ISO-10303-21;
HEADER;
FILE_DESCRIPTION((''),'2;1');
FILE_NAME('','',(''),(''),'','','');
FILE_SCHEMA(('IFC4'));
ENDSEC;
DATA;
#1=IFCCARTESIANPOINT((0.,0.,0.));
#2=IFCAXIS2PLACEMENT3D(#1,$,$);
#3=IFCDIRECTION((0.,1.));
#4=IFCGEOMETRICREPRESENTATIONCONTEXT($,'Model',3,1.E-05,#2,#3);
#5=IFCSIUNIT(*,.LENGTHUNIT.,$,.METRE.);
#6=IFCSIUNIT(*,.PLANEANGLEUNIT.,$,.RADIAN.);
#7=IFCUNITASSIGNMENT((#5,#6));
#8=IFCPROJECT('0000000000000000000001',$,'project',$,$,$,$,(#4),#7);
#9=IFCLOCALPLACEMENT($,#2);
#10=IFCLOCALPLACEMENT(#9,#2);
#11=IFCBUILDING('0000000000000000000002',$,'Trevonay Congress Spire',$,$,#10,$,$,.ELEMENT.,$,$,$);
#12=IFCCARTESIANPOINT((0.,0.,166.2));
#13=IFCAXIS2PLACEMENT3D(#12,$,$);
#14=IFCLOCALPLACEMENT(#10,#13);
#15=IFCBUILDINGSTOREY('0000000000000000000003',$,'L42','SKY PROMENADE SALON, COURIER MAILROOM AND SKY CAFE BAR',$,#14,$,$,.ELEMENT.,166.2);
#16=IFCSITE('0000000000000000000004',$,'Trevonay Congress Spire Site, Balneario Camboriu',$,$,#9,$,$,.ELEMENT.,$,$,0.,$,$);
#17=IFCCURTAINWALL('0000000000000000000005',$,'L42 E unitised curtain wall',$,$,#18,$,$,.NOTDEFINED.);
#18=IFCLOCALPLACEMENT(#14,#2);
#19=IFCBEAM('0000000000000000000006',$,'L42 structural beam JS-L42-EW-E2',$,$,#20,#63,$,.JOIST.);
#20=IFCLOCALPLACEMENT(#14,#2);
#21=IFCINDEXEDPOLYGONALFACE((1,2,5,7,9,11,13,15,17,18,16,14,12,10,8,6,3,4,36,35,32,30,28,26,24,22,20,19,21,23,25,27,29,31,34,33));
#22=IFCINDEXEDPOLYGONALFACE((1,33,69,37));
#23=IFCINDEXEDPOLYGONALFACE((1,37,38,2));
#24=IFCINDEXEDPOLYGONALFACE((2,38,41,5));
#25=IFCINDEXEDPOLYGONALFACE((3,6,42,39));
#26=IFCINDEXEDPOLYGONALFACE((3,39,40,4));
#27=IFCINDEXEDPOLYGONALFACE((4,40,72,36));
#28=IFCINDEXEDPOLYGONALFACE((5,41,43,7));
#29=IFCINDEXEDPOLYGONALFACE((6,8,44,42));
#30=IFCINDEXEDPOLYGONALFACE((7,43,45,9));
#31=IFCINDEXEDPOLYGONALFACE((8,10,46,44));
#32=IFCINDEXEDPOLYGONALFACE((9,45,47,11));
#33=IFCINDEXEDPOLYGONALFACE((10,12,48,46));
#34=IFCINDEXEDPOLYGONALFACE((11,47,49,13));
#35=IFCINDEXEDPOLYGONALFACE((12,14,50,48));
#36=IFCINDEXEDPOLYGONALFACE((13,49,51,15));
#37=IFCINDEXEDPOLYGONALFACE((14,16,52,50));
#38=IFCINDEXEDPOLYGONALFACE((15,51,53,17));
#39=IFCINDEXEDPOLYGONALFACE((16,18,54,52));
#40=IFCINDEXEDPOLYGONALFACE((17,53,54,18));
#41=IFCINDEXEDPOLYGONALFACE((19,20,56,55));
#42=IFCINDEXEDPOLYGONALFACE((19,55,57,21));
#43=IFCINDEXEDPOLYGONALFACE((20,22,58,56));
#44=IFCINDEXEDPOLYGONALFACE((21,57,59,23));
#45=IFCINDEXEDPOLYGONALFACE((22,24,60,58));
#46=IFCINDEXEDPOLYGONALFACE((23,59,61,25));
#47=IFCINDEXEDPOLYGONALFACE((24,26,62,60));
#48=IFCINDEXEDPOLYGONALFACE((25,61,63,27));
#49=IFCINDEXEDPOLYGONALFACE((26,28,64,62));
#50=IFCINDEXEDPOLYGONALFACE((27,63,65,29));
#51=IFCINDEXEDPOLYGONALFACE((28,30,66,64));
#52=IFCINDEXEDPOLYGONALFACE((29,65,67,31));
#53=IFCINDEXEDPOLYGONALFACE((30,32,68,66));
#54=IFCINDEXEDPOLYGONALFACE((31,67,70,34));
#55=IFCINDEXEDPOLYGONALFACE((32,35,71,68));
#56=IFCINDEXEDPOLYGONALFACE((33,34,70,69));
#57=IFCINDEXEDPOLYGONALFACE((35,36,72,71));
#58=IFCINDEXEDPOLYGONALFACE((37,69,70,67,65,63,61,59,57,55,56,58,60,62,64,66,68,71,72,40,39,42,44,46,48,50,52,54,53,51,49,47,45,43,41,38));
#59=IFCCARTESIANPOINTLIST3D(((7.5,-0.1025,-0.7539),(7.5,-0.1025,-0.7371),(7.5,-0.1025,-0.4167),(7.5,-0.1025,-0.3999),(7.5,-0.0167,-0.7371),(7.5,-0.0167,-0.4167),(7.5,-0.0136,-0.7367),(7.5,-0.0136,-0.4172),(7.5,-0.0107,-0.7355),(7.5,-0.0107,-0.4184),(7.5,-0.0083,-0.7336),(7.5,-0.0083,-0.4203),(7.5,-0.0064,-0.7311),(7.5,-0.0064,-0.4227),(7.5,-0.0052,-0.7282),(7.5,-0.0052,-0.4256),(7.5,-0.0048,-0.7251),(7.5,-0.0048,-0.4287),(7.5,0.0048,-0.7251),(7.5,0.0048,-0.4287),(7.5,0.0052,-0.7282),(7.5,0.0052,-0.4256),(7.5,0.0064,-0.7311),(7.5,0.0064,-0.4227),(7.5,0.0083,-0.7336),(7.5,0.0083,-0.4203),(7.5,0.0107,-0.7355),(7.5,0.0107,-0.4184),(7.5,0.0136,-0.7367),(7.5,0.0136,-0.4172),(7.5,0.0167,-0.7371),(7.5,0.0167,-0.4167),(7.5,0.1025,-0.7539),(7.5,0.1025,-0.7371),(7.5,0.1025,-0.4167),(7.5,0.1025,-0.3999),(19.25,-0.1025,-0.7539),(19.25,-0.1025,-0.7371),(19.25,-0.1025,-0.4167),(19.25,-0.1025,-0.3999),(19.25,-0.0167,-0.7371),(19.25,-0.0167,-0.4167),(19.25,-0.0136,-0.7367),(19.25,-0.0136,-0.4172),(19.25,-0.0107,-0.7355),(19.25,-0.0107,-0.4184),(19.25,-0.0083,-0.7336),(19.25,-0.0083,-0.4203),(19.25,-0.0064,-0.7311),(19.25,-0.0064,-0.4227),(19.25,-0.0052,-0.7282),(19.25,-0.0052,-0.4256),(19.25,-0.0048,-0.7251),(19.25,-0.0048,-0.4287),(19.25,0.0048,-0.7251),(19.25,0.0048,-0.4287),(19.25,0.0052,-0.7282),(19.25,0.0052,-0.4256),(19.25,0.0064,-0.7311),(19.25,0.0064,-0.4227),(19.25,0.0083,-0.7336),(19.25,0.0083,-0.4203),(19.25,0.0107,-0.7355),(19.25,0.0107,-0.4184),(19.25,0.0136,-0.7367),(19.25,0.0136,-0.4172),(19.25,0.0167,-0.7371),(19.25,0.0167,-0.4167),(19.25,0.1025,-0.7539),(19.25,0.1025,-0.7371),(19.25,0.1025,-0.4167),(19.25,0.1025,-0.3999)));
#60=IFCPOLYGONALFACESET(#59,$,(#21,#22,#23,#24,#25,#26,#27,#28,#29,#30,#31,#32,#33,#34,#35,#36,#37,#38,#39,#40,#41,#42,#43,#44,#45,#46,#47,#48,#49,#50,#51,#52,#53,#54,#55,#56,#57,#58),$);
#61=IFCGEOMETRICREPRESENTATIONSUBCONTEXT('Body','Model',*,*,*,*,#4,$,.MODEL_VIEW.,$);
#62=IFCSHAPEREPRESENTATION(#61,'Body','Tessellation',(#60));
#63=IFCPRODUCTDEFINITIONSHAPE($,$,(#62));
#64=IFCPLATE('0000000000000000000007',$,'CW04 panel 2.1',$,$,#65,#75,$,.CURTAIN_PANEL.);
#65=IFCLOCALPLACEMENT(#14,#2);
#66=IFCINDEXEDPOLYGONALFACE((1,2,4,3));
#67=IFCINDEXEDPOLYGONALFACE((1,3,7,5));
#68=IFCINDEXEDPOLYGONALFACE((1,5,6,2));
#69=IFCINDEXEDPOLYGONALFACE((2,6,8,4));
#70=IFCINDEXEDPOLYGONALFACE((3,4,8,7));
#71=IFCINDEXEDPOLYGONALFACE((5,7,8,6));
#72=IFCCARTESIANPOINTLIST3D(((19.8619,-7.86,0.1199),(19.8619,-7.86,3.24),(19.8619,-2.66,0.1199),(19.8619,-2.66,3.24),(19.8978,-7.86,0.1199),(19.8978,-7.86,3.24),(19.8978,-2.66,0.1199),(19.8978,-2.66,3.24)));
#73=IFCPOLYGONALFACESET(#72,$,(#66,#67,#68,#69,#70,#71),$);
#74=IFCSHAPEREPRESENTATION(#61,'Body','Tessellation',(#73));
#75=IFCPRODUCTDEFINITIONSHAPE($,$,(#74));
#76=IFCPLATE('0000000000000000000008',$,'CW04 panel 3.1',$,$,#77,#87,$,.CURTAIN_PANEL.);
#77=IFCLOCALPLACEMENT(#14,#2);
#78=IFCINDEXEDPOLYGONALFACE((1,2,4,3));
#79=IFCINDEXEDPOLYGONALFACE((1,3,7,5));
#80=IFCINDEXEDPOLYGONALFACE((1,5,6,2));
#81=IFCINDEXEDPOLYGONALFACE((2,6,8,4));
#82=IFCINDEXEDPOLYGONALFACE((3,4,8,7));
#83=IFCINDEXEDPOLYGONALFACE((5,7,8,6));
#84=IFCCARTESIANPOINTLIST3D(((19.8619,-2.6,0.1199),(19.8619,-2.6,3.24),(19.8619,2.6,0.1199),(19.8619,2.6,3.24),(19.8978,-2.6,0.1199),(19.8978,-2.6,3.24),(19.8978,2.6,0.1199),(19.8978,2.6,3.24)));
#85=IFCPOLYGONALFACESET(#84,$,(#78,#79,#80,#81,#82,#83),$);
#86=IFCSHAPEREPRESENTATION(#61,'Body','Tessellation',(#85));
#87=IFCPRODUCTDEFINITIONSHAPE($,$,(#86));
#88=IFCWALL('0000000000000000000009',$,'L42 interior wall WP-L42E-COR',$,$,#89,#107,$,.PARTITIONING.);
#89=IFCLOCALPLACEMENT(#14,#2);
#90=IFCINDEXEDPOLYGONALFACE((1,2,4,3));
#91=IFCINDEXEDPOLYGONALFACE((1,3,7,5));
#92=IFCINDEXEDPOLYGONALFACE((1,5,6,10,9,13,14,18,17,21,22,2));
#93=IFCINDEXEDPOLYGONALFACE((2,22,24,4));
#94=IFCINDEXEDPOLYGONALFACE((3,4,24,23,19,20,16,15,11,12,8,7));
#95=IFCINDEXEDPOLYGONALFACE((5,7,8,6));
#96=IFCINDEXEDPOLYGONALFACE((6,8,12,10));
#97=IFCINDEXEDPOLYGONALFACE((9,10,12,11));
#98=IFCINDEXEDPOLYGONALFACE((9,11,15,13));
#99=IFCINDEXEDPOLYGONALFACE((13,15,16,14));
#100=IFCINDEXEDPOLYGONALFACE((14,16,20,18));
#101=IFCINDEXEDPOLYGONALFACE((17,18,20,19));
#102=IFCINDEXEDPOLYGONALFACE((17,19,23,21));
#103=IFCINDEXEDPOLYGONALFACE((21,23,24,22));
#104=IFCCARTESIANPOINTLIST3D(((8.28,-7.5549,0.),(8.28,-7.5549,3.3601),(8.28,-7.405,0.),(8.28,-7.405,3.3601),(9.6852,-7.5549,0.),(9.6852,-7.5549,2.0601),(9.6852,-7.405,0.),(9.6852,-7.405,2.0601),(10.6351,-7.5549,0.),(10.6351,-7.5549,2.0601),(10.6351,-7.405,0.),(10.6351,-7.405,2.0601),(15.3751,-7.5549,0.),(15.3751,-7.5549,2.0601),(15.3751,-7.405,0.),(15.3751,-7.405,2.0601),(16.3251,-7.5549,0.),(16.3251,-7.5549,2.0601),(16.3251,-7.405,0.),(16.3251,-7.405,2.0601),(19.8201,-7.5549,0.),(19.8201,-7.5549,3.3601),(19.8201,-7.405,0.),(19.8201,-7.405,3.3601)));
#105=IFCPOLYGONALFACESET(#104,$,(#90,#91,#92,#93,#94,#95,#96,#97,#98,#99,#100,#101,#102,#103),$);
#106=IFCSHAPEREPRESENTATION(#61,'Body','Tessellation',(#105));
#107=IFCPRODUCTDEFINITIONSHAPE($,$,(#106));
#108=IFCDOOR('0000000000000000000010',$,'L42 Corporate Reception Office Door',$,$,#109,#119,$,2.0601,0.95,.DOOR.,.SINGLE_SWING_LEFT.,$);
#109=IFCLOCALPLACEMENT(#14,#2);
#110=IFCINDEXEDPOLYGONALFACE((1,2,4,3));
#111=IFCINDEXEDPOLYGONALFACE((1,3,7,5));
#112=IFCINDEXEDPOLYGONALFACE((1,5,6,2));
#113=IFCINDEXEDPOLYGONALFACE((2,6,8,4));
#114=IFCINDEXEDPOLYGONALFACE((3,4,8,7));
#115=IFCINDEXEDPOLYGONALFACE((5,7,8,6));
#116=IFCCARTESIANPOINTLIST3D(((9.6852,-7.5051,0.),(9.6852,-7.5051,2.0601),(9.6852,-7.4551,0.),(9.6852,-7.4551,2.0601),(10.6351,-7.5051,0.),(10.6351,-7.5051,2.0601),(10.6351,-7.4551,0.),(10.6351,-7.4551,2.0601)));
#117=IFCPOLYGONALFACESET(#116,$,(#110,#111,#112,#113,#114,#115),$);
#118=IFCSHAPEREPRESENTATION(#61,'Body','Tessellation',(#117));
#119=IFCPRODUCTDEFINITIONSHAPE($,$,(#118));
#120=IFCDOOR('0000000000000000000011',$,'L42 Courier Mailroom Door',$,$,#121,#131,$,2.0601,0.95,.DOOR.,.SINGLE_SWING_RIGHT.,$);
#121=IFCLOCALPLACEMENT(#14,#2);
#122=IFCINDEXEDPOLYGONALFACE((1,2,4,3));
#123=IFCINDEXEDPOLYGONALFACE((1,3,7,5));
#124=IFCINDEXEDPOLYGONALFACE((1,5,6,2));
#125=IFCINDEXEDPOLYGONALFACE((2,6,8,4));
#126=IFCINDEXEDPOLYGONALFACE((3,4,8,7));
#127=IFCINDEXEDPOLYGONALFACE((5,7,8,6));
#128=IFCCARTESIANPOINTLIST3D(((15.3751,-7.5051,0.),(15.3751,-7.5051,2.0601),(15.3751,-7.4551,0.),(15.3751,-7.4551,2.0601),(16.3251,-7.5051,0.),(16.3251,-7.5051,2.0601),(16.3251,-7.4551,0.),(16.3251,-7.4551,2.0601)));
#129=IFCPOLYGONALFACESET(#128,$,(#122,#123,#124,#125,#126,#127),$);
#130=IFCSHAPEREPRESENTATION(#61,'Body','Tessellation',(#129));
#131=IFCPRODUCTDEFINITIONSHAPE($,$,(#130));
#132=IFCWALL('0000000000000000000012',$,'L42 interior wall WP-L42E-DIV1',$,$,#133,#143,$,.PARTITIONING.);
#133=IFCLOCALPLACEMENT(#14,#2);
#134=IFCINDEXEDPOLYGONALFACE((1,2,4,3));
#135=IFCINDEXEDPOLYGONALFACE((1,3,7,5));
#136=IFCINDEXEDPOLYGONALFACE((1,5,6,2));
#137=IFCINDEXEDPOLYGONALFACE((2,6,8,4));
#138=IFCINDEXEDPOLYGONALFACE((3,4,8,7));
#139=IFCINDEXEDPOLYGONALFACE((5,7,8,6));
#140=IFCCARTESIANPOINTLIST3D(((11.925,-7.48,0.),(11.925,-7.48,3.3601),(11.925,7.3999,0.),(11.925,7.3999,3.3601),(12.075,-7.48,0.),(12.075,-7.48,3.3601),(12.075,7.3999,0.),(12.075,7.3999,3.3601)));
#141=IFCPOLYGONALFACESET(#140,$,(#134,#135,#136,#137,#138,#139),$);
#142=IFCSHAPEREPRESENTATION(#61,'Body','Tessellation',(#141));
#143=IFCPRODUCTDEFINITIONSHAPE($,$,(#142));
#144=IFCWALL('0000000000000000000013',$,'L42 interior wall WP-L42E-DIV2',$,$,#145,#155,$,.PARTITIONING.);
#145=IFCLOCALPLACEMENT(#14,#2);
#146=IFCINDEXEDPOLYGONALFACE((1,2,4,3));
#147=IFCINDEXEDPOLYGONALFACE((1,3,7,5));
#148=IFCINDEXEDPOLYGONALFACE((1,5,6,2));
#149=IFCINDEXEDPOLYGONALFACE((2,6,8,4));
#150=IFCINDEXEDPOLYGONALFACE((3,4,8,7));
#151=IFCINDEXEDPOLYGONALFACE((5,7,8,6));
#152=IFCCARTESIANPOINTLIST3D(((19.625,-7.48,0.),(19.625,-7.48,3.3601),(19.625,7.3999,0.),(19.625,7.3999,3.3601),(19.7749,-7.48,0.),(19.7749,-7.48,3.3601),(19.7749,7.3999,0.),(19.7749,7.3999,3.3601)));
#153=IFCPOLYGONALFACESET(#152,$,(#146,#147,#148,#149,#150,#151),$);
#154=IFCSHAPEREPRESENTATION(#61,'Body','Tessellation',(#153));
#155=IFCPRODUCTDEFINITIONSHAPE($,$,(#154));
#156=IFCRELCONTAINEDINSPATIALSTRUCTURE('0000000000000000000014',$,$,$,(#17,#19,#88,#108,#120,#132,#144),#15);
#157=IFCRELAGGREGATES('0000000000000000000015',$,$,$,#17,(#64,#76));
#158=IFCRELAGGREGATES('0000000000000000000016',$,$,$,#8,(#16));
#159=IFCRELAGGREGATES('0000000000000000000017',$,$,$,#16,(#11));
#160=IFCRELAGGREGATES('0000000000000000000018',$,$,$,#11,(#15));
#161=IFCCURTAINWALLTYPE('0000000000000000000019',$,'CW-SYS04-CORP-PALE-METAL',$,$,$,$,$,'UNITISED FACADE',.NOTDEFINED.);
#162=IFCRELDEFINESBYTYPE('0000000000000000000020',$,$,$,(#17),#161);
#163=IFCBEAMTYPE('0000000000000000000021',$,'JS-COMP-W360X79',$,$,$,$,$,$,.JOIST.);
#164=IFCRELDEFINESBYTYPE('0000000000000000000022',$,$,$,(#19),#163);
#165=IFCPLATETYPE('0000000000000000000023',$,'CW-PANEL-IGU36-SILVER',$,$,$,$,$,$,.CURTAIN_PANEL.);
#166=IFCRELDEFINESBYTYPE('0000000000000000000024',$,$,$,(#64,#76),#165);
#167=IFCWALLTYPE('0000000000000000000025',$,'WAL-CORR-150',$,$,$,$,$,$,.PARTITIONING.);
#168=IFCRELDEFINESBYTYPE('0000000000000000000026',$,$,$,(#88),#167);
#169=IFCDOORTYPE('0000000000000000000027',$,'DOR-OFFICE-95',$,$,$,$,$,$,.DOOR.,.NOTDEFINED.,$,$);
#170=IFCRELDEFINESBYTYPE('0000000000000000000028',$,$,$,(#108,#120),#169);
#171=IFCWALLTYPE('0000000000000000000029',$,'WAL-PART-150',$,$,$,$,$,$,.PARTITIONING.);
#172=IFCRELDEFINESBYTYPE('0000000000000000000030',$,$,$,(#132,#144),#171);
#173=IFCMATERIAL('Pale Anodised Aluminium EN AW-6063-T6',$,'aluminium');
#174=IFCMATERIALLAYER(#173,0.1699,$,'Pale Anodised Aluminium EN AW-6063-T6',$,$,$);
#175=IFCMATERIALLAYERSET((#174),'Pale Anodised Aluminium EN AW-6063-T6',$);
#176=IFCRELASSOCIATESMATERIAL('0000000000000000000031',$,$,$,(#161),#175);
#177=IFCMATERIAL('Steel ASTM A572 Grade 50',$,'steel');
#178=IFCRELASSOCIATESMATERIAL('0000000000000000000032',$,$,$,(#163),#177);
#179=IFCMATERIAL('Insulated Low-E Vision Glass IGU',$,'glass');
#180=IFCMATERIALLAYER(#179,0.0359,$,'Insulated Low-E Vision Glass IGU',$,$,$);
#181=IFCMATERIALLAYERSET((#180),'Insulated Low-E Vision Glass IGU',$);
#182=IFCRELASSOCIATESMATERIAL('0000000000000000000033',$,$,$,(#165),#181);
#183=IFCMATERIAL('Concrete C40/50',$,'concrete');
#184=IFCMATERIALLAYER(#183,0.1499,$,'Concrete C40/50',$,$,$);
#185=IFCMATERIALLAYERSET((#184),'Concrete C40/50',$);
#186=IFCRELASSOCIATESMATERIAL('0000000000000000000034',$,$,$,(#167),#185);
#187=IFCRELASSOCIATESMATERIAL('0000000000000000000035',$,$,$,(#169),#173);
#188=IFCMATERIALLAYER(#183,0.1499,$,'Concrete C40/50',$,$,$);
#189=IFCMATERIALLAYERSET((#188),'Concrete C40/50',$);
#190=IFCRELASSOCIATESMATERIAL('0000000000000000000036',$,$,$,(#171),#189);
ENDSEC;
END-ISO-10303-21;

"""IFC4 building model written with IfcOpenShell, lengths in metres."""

from ifc_helpers import new_model, si_unit, direction, frame, frame_2d, origin, origin_2d, place, context, subcontext, project, spatial, rectangle, i_section, extrude, material, layer, layer_set, material_profile, profile_set, type_object, element, fill, aggregate, save


model = new_model("IFC4")

# Units and contexts
model_context = context("Model", 3, precision=1e-05, world=origin(), true_north=direction((0.0, 1.0)))
body_context = subcontext(model_context, "Body", "Model", "MODEL_VIEW")
ifc_project = project(units=[si_unit("LENGTHUNIT", "METRE"), si_unit("PLANEANGLEUNIT", "RADIAN")], contexts=[model_context])

# Site, building, storey
site_placement = place(None, origin())
site = spatial("IfcSite", under=ifc_project, at=site_placement, Name="Trevonay Congress Spire Site, Balneario Camboriu", CompositionType="ELEMENT", RefElevation=0.0)
building_placement = place(site_placement, origin())
building = spatial("IfcBuilding", under=site, at=building_placement, Name="Trevonay Congress Spire", CompositionType="ELEMENT")
storey_placement = place(building_placement, frame((0.0, 0.0, 166.2)))
storey = spatial("IfcBuildingStorey", under=building, at=storey_placement, Name="L42", Description="SKY PROMENADE SALON, COURIER MAILROOM AND SKY CAFE BAR", CompositionType="ELEMENT", Elevation=166.2)

# Shared definitions
ifc_material_1 = material(Name="Steel ASTM A572 Grade 50", Category="steel")

# Curtain wall
ifc_material_2 = material(Name="Pale Anodised Aluminium EN AW-6063-T6", Category="aluminium")
ifc_layer_1 = layer(ifc_material_2, 0.1699, Name="Pale Anodised Aluminium EN AW-6063-T6")
ifc_layer_set_1 = layer_set([ifc_layer_1], Name="Pale Anodised Aluminium EN AW-6063-T6")
curtain_wall_type = type_object("IfcCurtainWallType", Name="CW-SYS04-CORP-PALE-METAL", ElementType="UNITISED FACADE", PredefinedType="NOTDEFINED", material=ifc_layer_set_1)
curtain_wall_placement = place(storey_placement, origin())
curtain_wall = element("IfcCurtainWall", 1, at=curtain_wall_placement, inside=storey, type_object=curtain_wall_type, Name="L42 E unitised curtain wall", PredefinedType="NOTDEFINED")

# Beam
ifc_material_profile_1 = material_profile(ifc_material_1, i_section(OverallWidth=0.2051, OverallDepth=0.354, WebThickness=0.0095, FlangeThickness=0.0168, FilletRadius=0.012, at=origin_2d()), Name="W360x79")
ifc_profile_set_1 = profile_set([ifc_material_profile_1], Name="Steel ASTM A572 Grade 50")
beam_type_1 = type_object("IfcBeamType", Name="JS-COMP-W360X79", PredefinedType="JOIST", material=ifc_profile_set_1)
for number, where, z_axis, x_axis, name in (
    (2, (7.5, 0.0, -0.5769), (1.0, 0.0, 0.0), (0.0, 1.0, 0.0), "L42 structural beam JS-L42-EW-E2"),
):
    element("IfcBeam", number, at=place(storey_placement, frame(where, z_axis=z_axis, x_axis=x_axis)), inside=storey, type_object=beam_type_1, Name=name, PredefinedType="JOIST", context=body_context, shape_type="SweptSolid", body=[
        extrude(i_section(OverallWidth=0.2051, OverallDepth=0.354, WebThickness=0.0095, FlangeThickness=0.0168, FilletRadius=0.012, at=origin_2d()), origin(), (0.0, 0.0, 1.0), 11.75),
    ])

# Plates
ifc_material_3 = material(Name="Insulated Low-E Vision Glass IGU", Category="glass")
ifc_layer_2 = layer(ifc_material_3, 0.0359, Name="Insulated Low-E Vision Glass IGU")
ifc_layer_set_2 = layer_set([ifc_layer_2], Name="Insulated Low-E Vision Glass IGU")
plate_type = type_object("IfcPlateType", Name="CW-PANEL-IGU36-SILVER", PredefinedType="CURTAIN_PANEL", material=ifc_layer_set_2)
plate_1_placement = place(storey_placement, frame((19.8799, -5.26, 0.1199), z_axis=(0.0, 0.0, 1.0), x_axis=(0.0, 1.0, 0.0)))
plate_1 = element("IfcPlate", 3, at=plate_1_placement, type_object=plate_type, Name="CW04 panel 2.1", PredefinedType="CURTAIN_PANEL", context=body_context, shape_type="SweptSolid", body=[
    extrude(rectangle(XDim=5.2, YDim=0.0359, at=origin_2d()), origin(), (0.0, 0.0, 1.0), 3.1201),
])
plate_2_placement = place(storey_placement, frame((19.8799, 0.0, 0.1199), z_axis=(0.0, 0.0, 1.0), x_axis=(0.0, 1.0, 0.0)))
plate_2 = element("IfcPlate", 4, at=plate_2_placement, type_object=plate_type, Name="CW04 panel 3.1", PredefinedType="CURTAIN_PANEL", context=body_context, shape_type="SweptSolid", body=[
    extrude(rectangle(XDim=5.2, YDim=0.0359, at=origin_2d()), origin(), (0.0, 0.0, 1.0), 3.1201),
])
aggregate(curtain_wall, [plate_1, plate_2])

# Wall, openings, doors
ifc_material_4 = material(Name="Concrete C40/50", Category="concrete")
ifc_layer_3 = layer(ifc_material_4, 0.1499, Name="Concrete C40/50")
ifc_layer_set_3 = layer_set([ifc_layer_3], Name="Concrete C40/50")
wall_type_1 = type_object("IfcWallType", Name="WAL-CORR-150", PredefinedType="PARTITIONING", material=ifc_layer_set_3)
wall_placement = place(storey_placement, frame((8.28, -7.48, 0.0), z_axis=(0.0, 0.0, 1.0), x_axis=(1.0, 0.0, 0.0)))
wall = element("IfcWall", 5, at=wall_placement, inside=storey, type_object=wall_type_1, Name="L42 interior wall WP-L42E-COR", PredefinedType="PARTITIONING", context=body_context, shape_type="SweptSolid", body=[
    extrude(rectangle(XDim=11.54, YDim=0.1499, at=frame_2d((5.77, 0.0))), origin(), (0.0, 0.0, 1.0), 3.3601),
])
opening_1_placement = place(wall_placement, frame((1.405, 0.0, 0.0)))
opening_1 = element("IfcOpeningElement", 6, at=opening_1_placement, cuts=wall, PredefinedType="OPENING", context=body_context, shape_type="SweptSolid", body=[
    extrude(rectangle(XDim=0.95, YDim=2.0601, at=frame_2d((0.4751, 1.03))), frame((0.0, 0.085, 0.0), z_axis=(0.0, -1.0, 0.0), x_axis=(1.0, 0.0, 0.0)), (0.0, 0.0, 1.0), 0.1699),
])
opening_2_placement = place(wall_placement, frame((7.095, 0.0, 0.0)))
opening_2 = element("IfcOpeningElement", 7, at=opening_2_placement, cuts=wall, PredefinedType="OPENING", context=body_context, shape_type="SweptSolid", body=[
    extrude(rectangle(XDim=0.95, YDim=2.0601, at=frame_2d((0.4751, 1.03))), frame((0.0, 0.085, 0.0), z_axis=(0.0, -1.0, 0.0), x_axis=(1.0, 0.0, 0.0)), (0.0, 0.0, 1.0), 0.1699),
])
door_type = type_object("IfcDoorType", Name="DOR-OFFICE-95", OperationType="NOTDEFINED", PredefinedType="DOOR", material=ifc_material_2)
door_1_placement = place(opening_1_placement, origin())
door_1 = element("IfcDoor", 8, at=door_1_placement, inside=storey, type_object=door_type, Name="L42 Corporate Reception Office Door", OperationType="SINGLE_SWING_LEFT", OverallHeight=2.0601, OverallWidth=0.95, PredefinedType="DOOR", context=body_context, shape_type="SweptSolid", body=[
    extrude(rectangle(XDim=0.95, YDim=2.0601, at=frame_2d((0.4751, 1.03))), frame((0.0, 0.0249, 0.0), z_axis=(0.0, -1.0, 0.0), x_axis=(1.0, 0.0, 0.0)), (0.0, 0.0, 1.0), 0.05),
])
fill(opening_1, door_1)
door_2_placement = place(opening_2_placement, origin())
door_2 = element("IfcDoor", 9, at=door_2_placement, inside=storey, type_object=door_type, Name="L42 Courier Mailroom Door", OperationType="SINGLE_SWING_RIGHT", OverallHeight=2.0601, OverallWidth=0.95, PredefinedType="DOOR", context=body_context, shape_type="SweptSolid", body=[
    extrude(rectangle(XDim=0.95, YDim=2.0601, at=frame_2d((0.4751, 1.03))), frame((0.0, 0.0249, 0.0), z_axis=(0.0, -1.0, 0.0), x_axis=(1.0, 0.0, 0.0)), (0.0, 0.0, 1.0), 0.05),
])
fill(opening_2, door_2)

# Walls
ifc_layer_4 = layer(ifc_material_4, 0.1499, Name="Concrete C40/50")
ifc_layer_set_4 = layer_set([ifc_layer_4], Name="Concrete C40/50")
wall_type_2 = type_object("IfcWallType", Name="WAL-PART-150", PredefinedType="PARTITIONING", material=ifc_layer_set_4)
for number, where, z_axis, x_axis, name in (
    (10, (12.0, -7.48, 0.0), (0.0, 0.0, 1.0), (0.0, 1.0, 0.0), "L42 interior wall WP-L42E-DIV1"),
    (11, (19.7, -7.48, 0.0), (0.0, 0.0, 1.0), (0.0, 1.0, 0.0), "L42 interior wall WP-L42E-DIV2"),
):
    element("IfcWall", number, at=place(storey_placement, frame(where, z_axis=z_axis, x_axis=x_axis)), inside=storey, type_object=wall_type_2, Name=name, PredefinedType="PARTITIONING", context=body_context, shape_type="SweptSolid", body=[
        extrude(rectangle(XDim=14.8799, YDim=0.1499, at=frame_2d((7.4399, 0.0))), origin(), (0.0, 0.0, 1.0), 3.3601),
    ])

save(model, "model.ifc")
